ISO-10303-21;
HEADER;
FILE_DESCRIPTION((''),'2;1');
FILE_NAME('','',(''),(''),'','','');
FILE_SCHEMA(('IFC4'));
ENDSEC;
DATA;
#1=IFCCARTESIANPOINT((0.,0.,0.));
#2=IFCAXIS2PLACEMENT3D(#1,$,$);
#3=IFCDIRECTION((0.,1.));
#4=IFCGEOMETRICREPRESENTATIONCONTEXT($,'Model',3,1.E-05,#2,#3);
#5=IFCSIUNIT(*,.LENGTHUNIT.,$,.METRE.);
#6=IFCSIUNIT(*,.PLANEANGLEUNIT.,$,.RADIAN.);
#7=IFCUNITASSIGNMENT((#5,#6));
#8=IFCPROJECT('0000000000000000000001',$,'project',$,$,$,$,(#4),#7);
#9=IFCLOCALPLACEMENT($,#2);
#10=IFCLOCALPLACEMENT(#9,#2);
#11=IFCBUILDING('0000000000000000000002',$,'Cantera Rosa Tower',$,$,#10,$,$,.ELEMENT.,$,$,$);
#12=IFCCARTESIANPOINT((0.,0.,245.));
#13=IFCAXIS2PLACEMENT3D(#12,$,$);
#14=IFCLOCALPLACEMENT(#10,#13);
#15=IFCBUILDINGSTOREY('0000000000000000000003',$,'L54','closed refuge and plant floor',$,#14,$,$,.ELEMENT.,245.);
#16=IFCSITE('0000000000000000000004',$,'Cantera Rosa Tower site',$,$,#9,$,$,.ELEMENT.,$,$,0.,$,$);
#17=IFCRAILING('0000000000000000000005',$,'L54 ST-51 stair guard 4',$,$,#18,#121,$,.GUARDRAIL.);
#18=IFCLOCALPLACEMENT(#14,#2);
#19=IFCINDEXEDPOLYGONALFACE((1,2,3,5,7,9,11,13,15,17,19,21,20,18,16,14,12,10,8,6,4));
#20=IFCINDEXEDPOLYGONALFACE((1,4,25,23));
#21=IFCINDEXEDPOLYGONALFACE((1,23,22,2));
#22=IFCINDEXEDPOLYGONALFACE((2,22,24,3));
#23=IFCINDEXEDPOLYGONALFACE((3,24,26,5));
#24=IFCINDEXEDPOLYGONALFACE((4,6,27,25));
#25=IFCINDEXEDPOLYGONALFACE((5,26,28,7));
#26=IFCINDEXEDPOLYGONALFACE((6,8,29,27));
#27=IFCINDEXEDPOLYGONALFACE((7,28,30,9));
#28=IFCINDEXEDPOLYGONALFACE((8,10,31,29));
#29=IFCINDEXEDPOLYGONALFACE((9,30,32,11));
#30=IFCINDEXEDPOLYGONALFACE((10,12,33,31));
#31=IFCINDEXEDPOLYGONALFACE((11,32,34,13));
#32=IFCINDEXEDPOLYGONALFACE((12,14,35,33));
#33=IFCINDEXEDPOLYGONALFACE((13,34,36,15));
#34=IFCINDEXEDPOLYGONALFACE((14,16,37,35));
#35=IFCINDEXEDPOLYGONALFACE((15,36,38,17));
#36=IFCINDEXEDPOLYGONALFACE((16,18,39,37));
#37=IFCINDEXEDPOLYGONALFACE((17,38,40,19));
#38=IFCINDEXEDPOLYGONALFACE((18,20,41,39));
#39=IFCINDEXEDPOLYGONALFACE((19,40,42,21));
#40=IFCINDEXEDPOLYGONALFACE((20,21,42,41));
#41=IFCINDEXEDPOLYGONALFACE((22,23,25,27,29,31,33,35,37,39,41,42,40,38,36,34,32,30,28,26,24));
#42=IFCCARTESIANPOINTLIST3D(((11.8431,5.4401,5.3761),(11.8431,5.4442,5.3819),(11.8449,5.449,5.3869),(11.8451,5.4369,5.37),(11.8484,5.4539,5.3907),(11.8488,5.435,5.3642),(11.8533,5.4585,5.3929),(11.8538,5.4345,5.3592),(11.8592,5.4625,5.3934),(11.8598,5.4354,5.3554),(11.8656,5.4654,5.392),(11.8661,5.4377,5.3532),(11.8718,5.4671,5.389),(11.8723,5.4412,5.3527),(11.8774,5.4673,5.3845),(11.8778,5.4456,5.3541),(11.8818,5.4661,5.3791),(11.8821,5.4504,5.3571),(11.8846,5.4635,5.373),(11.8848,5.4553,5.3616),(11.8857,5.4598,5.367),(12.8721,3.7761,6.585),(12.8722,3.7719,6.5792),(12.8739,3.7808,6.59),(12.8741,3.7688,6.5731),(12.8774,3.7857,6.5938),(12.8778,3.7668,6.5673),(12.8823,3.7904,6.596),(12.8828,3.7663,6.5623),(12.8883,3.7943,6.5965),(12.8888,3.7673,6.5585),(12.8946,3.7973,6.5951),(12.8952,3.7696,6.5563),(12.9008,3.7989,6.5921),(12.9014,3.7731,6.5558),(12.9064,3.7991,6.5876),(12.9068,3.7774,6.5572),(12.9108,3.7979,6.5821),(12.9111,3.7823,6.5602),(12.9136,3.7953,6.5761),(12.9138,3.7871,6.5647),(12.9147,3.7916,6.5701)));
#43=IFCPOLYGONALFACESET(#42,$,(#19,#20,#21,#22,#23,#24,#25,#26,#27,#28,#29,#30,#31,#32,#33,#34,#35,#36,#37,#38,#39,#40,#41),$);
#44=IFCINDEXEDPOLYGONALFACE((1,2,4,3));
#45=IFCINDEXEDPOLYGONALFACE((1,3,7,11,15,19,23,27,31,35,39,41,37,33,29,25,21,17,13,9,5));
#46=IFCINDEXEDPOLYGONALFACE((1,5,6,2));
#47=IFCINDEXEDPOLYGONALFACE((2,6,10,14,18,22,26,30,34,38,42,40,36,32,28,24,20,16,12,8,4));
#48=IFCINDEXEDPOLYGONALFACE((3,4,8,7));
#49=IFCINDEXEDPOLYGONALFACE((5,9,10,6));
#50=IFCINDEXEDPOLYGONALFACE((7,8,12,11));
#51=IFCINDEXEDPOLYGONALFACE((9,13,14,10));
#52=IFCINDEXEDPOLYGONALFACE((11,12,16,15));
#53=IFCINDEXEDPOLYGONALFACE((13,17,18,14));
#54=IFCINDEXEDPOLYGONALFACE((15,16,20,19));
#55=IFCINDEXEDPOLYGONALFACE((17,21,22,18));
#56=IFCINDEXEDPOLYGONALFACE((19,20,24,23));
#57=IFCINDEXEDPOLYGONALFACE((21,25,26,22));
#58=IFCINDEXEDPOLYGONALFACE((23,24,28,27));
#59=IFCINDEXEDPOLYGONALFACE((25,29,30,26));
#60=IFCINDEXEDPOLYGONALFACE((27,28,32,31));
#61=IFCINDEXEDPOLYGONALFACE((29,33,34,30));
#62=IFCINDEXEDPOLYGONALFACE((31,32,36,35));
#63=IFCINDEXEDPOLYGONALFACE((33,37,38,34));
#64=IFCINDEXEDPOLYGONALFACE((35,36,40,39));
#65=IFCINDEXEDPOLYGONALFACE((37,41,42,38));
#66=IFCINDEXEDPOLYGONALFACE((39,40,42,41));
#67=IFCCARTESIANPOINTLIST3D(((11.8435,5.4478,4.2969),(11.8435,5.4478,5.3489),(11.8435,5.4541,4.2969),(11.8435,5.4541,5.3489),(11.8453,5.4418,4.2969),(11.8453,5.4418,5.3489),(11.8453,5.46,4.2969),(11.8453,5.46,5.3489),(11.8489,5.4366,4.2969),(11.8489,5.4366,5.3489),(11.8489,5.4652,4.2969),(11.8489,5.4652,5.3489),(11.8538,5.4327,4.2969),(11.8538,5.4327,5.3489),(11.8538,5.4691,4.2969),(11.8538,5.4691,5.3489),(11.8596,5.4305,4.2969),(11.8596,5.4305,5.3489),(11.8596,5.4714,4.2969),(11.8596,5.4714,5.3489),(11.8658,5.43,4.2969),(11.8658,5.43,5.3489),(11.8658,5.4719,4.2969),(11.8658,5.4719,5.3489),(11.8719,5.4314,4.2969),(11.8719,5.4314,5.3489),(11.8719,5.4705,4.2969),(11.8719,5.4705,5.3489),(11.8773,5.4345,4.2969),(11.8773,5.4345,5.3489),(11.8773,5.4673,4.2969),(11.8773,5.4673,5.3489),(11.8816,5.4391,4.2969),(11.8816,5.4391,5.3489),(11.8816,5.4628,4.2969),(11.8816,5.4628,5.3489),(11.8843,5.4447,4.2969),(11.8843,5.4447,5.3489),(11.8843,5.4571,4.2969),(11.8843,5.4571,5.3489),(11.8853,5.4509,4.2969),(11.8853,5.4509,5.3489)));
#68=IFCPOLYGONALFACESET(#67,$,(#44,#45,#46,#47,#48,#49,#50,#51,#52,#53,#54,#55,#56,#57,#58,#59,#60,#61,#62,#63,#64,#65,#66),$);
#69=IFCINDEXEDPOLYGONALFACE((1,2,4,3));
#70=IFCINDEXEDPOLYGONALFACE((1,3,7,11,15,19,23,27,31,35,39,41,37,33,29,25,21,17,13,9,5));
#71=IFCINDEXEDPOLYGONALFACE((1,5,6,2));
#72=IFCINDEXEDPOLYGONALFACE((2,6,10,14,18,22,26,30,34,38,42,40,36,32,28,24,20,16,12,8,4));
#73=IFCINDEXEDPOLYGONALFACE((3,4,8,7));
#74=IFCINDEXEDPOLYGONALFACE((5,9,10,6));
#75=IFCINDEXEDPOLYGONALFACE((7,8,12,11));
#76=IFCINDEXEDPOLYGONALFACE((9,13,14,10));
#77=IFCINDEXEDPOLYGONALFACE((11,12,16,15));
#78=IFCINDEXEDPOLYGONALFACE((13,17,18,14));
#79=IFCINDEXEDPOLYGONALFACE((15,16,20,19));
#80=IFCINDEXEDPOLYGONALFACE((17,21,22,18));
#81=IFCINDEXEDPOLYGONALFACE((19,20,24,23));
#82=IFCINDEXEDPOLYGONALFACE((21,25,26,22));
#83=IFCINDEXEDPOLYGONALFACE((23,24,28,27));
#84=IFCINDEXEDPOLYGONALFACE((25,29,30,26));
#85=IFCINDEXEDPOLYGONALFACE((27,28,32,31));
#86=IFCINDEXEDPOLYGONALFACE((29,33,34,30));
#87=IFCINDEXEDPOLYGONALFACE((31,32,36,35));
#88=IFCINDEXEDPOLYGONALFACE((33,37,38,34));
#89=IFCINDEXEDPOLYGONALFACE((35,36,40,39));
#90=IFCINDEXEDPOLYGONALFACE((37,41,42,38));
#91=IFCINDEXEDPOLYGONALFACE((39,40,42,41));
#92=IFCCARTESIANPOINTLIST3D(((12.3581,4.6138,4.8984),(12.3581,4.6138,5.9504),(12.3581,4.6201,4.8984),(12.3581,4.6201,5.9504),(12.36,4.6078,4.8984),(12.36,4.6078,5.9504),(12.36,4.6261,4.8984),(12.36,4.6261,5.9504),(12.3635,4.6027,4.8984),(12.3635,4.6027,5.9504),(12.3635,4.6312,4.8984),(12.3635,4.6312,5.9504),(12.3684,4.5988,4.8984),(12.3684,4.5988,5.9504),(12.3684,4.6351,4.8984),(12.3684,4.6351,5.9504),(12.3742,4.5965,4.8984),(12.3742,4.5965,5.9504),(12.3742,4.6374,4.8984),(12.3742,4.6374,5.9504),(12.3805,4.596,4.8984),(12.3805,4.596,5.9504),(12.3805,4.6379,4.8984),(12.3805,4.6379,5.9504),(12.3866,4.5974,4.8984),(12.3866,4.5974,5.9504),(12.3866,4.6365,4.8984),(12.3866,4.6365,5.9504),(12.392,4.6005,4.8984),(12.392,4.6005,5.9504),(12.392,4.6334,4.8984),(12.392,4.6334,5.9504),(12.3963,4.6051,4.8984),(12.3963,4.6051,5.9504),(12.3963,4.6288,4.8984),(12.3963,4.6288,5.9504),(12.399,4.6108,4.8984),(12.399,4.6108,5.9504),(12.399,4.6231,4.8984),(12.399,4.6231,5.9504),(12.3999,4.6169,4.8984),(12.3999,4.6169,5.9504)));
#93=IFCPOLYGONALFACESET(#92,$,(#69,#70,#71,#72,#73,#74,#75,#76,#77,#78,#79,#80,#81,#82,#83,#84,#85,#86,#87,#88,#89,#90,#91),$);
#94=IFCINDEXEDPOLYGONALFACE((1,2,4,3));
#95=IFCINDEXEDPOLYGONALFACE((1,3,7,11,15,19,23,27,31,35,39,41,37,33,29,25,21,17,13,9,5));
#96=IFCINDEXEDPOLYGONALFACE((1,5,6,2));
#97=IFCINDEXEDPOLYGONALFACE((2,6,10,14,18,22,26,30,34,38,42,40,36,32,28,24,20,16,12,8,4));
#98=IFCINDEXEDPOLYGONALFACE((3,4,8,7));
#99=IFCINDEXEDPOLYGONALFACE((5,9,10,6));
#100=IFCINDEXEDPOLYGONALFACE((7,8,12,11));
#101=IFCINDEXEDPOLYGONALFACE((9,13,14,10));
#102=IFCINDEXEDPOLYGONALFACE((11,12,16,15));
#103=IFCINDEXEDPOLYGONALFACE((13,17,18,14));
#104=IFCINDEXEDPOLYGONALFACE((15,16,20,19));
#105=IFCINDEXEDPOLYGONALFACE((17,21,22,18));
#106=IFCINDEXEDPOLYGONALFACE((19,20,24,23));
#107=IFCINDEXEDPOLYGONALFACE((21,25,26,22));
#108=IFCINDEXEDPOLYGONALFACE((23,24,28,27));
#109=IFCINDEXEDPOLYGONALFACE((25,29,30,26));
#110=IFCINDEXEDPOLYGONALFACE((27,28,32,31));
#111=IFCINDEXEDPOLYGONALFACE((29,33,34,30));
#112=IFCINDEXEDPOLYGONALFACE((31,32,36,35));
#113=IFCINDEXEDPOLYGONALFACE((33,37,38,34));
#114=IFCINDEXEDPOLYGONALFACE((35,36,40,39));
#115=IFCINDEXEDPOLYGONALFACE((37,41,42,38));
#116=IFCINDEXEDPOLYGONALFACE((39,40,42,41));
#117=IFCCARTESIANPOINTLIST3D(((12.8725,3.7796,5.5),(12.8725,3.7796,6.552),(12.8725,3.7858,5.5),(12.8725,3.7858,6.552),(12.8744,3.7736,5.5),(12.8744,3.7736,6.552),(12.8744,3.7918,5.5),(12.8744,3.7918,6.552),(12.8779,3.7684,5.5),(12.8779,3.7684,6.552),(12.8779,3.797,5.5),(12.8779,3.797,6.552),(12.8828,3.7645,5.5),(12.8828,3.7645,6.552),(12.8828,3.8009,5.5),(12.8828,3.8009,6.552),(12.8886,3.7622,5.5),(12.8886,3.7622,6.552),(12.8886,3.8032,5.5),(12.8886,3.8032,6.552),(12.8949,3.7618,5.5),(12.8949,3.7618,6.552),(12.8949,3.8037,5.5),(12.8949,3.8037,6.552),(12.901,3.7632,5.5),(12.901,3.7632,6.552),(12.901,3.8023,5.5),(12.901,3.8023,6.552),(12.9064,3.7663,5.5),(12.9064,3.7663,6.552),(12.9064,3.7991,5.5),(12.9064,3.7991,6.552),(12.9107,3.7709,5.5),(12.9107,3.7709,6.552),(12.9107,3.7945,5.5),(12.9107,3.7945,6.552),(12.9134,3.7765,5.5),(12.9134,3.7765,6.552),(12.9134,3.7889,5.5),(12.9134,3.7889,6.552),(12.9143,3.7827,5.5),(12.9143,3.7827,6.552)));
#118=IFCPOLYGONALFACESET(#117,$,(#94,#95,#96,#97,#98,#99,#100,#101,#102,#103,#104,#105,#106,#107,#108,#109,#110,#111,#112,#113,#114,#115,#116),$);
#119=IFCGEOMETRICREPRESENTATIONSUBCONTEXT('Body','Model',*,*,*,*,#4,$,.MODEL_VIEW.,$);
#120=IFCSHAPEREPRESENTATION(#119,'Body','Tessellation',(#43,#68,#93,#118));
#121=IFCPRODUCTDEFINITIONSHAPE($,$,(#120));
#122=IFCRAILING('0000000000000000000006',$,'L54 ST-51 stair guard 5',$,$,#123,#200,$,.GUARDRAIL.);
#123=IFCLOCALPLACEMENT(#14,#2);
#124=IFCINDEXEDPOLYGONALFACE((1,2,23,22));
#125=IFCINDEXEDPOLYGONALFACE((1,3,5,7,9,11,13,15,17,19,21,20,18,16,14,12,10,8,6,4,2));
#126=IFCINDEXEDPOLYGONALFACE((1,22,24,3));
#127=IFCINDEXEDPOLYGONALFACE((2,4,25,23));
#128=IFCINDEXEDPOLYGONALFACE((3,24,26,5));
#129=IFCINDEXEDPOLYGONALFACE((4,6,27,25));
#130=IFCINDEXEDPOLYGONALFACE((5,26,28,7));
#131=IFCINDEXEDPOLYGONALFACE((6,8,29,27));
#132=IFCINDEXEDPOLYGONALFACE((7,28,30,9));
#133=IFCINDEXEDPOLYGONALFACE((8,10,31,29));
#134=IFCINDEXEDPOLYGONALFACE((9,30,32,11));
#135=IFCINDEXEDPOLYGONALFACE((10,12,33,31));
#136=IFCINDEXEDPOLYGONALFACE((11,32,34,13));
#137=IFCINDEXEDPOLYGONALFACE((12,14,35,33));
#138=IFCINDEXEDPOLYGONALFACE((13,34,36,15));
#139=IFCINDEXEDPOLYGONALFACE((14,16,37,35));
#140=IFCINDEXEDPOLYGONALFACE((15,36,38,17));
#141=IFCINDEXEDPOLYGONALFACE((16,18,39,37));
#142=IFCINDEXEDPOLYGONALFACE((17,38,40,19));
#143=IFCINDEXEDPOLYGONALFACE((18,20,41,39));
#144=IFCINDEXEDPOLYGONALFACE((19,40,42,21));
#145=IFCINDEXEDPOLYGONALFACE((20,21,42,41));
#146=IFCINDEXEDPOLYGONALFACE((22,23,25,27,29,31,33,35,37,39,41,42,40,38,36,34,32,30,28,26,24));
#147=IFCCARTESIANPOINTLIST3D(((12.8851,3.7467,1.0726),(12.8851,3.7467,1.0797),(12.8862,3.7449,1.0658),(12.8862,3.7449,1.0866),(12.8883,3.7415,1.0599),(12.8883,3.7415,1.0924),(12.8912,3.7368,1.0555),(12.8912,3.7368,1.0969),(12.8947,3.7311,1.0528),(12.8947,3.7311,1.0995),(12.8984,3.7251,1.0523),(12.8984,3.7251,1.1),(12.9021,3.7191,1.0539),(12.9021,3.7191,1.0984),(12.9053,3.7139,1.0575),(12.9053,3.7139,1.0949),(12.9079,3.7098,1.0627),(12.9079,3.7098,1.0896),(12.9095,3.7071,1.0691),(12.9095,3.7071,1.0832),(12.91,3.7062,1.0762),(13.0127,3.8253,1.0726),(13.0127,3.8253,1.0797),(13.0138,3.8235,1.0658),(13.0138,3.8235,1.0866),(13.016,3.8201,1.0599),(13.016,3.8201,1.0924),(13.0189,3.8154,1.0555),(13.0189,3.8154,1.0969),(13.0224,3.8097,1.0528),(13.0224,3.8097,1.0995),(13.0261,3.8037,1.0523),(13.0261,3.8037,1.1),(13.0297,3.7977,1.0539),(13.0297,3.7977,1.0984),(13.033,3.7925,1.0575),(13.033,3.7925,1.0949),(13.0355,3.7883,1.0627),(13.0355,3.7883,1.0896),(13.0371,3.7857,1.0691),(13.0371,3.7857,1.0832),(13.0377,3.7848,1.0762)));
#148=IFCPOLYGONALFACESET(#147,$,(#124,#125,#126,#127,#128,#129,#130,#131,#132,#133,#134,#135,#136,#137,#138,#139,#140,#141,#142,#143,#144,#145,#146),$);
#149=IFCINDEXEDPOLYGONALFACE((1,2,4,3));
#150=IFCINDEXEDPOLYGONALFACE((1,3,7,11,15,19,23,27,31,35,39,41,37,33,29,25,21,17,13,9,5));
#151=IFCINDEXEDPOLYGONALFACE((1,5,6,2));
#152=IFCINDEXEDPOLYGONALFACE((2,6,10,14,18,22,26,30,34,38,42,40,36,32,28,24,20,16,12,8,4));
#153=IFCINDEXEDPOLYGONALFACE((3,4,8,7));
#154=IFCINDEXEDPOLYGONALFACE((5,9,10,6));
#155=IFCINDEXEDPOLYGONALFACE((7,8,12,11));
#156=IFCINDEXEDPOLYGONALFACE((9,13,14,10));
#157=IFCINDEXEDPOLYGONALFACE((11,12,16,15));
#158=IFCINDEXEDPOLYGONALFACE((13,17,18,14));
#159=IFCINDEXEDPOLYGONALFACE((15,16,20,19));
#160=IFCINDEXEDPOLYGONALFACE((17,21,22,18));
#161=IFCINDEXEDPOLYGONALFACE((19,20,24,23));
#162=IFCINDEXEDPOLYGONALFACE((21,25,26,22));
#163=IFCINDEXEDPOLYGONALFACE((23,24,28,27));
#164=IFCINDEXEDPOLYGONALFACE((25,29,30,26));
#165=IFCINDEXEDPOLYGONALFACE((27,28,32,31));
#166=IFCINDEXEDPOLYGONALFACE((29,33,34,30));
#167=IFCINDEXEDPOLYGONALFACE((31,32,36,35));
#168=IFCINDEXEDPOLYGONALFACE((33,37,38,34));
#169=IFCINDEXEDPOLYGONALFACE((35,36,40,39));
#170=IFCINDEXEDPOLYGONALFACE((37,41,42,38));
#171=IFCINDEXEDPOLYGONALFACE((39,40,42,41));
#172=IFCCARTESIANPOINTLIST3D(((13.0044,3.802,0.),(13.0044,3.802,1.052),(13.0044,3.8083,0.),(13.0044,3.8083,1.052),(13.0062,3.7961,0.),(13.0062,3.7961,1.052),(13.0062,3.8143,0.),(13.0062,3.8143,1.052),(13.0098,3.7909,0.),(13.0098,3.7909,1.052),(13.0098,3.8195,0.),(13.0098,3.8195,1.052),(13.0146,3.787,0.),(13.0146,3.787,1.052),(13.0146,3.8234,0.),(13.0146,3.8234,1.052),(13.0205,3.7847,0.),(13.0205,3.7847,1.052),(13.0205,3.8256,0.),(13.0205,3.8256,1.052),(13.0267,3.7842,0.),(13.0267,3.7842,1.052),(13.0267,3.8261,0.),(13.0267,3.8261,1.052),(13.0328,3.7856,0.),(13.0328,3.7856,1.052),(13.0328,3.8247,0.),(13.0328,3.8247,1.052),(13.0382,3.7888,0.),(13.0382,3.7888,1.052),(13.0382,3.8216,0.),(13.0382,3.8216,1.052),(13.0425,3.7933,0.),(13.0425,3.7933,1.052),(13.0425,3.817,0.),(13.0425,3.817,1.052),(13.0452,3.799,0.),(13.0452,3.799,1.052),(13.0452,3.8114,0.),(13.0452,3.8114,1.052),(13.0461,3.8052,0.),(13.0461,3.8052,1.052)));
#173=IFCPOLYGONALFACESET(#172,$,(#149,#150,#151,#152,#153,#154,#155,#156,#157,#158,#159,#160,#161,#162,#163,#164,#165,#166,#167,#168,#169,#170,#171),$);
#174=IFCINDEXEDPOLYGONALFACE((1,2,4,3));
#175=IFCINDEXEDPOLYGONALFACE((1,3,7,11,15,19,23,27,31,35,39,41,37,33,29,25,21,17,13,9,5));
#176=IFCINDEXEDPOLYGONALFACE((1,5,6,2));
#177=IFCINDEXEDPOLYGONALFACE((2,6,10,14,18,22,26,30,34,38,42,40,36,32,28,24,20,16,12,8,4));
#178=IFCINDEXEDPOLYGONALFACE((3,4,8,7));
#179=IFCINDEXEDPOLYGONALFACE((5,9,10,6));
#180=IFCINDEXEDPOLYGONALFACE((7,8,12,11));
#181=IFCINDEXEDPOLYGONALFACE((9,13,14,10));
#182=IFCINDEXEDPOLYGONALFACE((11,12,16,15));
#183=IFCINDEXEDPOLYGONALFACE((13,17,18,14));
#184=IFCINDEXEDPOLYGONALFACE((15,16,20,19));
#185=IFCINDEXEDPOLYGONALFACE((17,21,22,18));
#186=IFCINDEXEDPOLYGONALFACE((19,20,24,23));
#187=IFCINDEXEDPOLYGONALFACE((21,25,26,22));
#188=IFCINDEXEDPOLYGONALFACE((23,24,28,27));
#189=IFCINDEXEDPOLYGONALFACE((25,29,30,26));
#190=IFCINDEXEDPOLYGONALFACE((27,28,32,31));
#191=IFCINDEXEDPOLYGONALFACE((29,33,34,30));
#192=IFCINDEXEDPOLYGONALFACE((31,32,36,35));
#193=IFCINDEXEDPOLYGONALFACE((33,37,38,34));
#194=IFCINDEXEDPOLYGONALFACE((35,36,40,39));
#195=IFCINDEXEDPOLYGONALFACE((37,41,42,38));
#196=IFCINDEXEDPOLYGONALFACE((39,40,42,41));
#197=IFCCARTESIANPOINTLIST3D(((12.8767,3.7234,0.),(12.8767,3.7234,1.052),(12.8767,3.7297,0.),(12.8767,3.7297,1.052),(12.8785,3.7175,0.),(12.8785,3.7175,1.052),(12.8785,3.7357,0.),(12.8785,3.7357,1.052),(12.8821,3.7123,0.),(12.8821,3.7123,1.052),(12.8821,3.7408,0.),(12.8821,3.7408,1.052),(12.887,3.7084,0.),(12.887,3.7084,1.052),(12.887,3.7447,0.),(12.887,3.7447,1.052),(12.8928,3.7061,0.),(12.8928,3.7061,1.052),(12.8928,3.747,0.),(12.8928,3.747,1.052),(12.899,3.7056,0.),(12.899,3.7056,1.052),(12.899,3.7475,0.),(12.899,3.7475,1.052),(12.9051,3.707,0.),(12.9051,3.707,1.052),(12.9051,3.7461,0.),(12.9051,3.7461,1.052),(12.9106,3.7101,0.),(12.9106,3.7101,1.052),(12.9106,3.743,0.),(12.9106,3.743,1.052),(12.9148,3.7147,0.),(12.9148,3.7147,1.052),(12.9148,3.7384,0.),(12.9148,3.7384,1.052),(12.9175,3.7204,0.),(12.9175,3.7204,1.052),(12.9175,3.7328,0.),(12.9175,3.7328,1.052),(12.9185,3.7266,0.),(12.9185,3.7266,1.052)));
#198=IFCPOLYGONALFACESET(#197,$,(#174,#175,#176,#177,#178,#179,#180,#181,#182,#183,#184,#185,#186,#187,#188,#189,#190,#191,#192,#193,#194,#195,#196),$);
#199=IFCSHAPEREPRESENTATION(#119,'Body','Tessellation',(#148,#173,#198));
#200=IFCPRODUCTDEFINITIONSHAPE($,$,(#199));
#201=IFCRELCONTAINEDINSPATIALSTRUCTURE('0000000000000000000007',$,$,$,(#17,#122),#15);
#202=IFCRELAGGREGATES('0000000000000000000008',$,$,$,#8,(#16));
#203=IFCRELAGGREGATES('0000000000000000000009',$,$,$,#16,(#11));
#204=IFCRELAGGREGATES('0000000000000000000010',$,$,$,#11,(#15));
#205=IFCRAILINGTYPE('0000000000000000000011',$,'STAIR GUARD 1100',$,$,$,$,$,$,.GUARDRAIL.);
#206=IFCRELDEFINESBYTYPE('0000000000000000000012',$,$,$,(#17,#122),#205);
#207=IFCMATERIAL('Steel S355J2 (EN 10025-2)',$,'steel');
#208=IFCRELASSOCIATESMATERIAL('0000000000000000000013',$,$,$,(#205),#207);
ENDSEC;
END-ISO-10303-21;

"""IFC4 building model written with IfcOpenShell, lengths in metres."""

from ifc_helpers import new_model, si_unit, direction, frame, origin, origin_2d, place, context, subcontext, project, spatial, circle, extrude, material, type_object, element, save


model = new_model("IFC4")

# Units and contexts
model_context = context("Model", 3, precision=1e-05, world=origin(), true_north=direction((0.0, 1.0)))
body_context = subcontext(model_context, "Body", "Model", "MODEL_VIEW")
ifc_project = project(units=[si_unit("LENGTHUNIT", "METRE"), si_unit("PLANEANGLEUNIT", "RADIAN")], contexts=[model_context])

# Site, building, storey
site_placement = place(None, origin())
site = spatial("IfcSite", under=ifc_project, at=site_placement, Name="Cantera Rosa Tower site", CompositionType="ELEMENT", RefElevation=0.0)
building_placement = place(site_placement, origin())
building = spatial("IfcBuilding", under=site, at=building_placement, Name="Cantera Rosa Tower", CompositionType="ELEMENT")
storey_placement = place(building_placement, frame((0.0, 0.0, 245.0)))
storey = spatial("IfcBuildingStorey", under=building, at=storey_placement, Name="L54", Description="closed refuge and plant floor", CompositionType="ELEMENT", Elevation=245.0)

# Railings
ifc_material_1 = material(Name="Steel S355J2 (EN 10025-2)", Category="steel")
railing_type_1 = type_object("IfcRailingType", Name="STAIR GUARD 1100", PredefinedType="GUARDRAIL", material=ifc_material_1)
railing_1_placement = place(storey_placement, frame((11.8643, 5.4509, 4.2969)))
element("IfcRailing", 1, at=railing_1_placement, inside=storey, type_object=railing_type_1, Name="L54 ST-51 stair guard 4", PredefinedType="GUARDRAIL", context=body_context, shape_type="SweptSolid", body=[
    extrude(circle(Radius=0.0239, at=origin_2d()), frame((0.0, 0.0, 1.0762), z_axis=(0.44744, -0.725352, 0.523128), x_axis=(0.851098, 0.525008, 0.0)), (0.0, 0.0, 1.0), 2.2998),
    extrude(circle(Radius=0.021, at=origin_2d()), origin(), (0.0, 0.0, 1.0), 1.052),
    extrude(circle(Radius=0.021, at=origin_2d()), frame((0.5146, -0.834, 0.6016)), (0.0, 0.0, 1.0), 1.052),
    extrude(circle(Radius=0.021, at=origin_2d()), frame((1.0291, -1.6682, 1.2031)), (0.0, 0.0, 1.0), 1.052),
])
railing_2_placement = place(storey_placement, frame((13.0251, 3.8052, 0.0)))
element("IfcRailing", 2, at=railing_2_placement, inside=storey, type_object=railing_type_1, Name="L54 ST-51 stair guard 5", PredefinedType="GUARDRAIL", context=body_context, shape_type="SweptSolid", body=[
    extrude(circle(Radius=0.0239, at=origin_2d()), frame((0.0, 0.0, 1.0762), z_axis=(-0.851546, -0.524279, 0.0), x_axis=(0.524279, -0.851546, 0.0)), (0.0, 0.0, 1.0), 0.1499),
    extrude(circle(Radius=0.021, at=origin_2d()), origin(), (0.0, 0.0, 1.0), 1.052),
    extrude(circle(Radius=0.021, at=origin_2d()), frame((-0.1277, -0.0786, 0.0)), (0.0, 0.0, 1.0), 1.052),
])

save(model, "model.ifc")
